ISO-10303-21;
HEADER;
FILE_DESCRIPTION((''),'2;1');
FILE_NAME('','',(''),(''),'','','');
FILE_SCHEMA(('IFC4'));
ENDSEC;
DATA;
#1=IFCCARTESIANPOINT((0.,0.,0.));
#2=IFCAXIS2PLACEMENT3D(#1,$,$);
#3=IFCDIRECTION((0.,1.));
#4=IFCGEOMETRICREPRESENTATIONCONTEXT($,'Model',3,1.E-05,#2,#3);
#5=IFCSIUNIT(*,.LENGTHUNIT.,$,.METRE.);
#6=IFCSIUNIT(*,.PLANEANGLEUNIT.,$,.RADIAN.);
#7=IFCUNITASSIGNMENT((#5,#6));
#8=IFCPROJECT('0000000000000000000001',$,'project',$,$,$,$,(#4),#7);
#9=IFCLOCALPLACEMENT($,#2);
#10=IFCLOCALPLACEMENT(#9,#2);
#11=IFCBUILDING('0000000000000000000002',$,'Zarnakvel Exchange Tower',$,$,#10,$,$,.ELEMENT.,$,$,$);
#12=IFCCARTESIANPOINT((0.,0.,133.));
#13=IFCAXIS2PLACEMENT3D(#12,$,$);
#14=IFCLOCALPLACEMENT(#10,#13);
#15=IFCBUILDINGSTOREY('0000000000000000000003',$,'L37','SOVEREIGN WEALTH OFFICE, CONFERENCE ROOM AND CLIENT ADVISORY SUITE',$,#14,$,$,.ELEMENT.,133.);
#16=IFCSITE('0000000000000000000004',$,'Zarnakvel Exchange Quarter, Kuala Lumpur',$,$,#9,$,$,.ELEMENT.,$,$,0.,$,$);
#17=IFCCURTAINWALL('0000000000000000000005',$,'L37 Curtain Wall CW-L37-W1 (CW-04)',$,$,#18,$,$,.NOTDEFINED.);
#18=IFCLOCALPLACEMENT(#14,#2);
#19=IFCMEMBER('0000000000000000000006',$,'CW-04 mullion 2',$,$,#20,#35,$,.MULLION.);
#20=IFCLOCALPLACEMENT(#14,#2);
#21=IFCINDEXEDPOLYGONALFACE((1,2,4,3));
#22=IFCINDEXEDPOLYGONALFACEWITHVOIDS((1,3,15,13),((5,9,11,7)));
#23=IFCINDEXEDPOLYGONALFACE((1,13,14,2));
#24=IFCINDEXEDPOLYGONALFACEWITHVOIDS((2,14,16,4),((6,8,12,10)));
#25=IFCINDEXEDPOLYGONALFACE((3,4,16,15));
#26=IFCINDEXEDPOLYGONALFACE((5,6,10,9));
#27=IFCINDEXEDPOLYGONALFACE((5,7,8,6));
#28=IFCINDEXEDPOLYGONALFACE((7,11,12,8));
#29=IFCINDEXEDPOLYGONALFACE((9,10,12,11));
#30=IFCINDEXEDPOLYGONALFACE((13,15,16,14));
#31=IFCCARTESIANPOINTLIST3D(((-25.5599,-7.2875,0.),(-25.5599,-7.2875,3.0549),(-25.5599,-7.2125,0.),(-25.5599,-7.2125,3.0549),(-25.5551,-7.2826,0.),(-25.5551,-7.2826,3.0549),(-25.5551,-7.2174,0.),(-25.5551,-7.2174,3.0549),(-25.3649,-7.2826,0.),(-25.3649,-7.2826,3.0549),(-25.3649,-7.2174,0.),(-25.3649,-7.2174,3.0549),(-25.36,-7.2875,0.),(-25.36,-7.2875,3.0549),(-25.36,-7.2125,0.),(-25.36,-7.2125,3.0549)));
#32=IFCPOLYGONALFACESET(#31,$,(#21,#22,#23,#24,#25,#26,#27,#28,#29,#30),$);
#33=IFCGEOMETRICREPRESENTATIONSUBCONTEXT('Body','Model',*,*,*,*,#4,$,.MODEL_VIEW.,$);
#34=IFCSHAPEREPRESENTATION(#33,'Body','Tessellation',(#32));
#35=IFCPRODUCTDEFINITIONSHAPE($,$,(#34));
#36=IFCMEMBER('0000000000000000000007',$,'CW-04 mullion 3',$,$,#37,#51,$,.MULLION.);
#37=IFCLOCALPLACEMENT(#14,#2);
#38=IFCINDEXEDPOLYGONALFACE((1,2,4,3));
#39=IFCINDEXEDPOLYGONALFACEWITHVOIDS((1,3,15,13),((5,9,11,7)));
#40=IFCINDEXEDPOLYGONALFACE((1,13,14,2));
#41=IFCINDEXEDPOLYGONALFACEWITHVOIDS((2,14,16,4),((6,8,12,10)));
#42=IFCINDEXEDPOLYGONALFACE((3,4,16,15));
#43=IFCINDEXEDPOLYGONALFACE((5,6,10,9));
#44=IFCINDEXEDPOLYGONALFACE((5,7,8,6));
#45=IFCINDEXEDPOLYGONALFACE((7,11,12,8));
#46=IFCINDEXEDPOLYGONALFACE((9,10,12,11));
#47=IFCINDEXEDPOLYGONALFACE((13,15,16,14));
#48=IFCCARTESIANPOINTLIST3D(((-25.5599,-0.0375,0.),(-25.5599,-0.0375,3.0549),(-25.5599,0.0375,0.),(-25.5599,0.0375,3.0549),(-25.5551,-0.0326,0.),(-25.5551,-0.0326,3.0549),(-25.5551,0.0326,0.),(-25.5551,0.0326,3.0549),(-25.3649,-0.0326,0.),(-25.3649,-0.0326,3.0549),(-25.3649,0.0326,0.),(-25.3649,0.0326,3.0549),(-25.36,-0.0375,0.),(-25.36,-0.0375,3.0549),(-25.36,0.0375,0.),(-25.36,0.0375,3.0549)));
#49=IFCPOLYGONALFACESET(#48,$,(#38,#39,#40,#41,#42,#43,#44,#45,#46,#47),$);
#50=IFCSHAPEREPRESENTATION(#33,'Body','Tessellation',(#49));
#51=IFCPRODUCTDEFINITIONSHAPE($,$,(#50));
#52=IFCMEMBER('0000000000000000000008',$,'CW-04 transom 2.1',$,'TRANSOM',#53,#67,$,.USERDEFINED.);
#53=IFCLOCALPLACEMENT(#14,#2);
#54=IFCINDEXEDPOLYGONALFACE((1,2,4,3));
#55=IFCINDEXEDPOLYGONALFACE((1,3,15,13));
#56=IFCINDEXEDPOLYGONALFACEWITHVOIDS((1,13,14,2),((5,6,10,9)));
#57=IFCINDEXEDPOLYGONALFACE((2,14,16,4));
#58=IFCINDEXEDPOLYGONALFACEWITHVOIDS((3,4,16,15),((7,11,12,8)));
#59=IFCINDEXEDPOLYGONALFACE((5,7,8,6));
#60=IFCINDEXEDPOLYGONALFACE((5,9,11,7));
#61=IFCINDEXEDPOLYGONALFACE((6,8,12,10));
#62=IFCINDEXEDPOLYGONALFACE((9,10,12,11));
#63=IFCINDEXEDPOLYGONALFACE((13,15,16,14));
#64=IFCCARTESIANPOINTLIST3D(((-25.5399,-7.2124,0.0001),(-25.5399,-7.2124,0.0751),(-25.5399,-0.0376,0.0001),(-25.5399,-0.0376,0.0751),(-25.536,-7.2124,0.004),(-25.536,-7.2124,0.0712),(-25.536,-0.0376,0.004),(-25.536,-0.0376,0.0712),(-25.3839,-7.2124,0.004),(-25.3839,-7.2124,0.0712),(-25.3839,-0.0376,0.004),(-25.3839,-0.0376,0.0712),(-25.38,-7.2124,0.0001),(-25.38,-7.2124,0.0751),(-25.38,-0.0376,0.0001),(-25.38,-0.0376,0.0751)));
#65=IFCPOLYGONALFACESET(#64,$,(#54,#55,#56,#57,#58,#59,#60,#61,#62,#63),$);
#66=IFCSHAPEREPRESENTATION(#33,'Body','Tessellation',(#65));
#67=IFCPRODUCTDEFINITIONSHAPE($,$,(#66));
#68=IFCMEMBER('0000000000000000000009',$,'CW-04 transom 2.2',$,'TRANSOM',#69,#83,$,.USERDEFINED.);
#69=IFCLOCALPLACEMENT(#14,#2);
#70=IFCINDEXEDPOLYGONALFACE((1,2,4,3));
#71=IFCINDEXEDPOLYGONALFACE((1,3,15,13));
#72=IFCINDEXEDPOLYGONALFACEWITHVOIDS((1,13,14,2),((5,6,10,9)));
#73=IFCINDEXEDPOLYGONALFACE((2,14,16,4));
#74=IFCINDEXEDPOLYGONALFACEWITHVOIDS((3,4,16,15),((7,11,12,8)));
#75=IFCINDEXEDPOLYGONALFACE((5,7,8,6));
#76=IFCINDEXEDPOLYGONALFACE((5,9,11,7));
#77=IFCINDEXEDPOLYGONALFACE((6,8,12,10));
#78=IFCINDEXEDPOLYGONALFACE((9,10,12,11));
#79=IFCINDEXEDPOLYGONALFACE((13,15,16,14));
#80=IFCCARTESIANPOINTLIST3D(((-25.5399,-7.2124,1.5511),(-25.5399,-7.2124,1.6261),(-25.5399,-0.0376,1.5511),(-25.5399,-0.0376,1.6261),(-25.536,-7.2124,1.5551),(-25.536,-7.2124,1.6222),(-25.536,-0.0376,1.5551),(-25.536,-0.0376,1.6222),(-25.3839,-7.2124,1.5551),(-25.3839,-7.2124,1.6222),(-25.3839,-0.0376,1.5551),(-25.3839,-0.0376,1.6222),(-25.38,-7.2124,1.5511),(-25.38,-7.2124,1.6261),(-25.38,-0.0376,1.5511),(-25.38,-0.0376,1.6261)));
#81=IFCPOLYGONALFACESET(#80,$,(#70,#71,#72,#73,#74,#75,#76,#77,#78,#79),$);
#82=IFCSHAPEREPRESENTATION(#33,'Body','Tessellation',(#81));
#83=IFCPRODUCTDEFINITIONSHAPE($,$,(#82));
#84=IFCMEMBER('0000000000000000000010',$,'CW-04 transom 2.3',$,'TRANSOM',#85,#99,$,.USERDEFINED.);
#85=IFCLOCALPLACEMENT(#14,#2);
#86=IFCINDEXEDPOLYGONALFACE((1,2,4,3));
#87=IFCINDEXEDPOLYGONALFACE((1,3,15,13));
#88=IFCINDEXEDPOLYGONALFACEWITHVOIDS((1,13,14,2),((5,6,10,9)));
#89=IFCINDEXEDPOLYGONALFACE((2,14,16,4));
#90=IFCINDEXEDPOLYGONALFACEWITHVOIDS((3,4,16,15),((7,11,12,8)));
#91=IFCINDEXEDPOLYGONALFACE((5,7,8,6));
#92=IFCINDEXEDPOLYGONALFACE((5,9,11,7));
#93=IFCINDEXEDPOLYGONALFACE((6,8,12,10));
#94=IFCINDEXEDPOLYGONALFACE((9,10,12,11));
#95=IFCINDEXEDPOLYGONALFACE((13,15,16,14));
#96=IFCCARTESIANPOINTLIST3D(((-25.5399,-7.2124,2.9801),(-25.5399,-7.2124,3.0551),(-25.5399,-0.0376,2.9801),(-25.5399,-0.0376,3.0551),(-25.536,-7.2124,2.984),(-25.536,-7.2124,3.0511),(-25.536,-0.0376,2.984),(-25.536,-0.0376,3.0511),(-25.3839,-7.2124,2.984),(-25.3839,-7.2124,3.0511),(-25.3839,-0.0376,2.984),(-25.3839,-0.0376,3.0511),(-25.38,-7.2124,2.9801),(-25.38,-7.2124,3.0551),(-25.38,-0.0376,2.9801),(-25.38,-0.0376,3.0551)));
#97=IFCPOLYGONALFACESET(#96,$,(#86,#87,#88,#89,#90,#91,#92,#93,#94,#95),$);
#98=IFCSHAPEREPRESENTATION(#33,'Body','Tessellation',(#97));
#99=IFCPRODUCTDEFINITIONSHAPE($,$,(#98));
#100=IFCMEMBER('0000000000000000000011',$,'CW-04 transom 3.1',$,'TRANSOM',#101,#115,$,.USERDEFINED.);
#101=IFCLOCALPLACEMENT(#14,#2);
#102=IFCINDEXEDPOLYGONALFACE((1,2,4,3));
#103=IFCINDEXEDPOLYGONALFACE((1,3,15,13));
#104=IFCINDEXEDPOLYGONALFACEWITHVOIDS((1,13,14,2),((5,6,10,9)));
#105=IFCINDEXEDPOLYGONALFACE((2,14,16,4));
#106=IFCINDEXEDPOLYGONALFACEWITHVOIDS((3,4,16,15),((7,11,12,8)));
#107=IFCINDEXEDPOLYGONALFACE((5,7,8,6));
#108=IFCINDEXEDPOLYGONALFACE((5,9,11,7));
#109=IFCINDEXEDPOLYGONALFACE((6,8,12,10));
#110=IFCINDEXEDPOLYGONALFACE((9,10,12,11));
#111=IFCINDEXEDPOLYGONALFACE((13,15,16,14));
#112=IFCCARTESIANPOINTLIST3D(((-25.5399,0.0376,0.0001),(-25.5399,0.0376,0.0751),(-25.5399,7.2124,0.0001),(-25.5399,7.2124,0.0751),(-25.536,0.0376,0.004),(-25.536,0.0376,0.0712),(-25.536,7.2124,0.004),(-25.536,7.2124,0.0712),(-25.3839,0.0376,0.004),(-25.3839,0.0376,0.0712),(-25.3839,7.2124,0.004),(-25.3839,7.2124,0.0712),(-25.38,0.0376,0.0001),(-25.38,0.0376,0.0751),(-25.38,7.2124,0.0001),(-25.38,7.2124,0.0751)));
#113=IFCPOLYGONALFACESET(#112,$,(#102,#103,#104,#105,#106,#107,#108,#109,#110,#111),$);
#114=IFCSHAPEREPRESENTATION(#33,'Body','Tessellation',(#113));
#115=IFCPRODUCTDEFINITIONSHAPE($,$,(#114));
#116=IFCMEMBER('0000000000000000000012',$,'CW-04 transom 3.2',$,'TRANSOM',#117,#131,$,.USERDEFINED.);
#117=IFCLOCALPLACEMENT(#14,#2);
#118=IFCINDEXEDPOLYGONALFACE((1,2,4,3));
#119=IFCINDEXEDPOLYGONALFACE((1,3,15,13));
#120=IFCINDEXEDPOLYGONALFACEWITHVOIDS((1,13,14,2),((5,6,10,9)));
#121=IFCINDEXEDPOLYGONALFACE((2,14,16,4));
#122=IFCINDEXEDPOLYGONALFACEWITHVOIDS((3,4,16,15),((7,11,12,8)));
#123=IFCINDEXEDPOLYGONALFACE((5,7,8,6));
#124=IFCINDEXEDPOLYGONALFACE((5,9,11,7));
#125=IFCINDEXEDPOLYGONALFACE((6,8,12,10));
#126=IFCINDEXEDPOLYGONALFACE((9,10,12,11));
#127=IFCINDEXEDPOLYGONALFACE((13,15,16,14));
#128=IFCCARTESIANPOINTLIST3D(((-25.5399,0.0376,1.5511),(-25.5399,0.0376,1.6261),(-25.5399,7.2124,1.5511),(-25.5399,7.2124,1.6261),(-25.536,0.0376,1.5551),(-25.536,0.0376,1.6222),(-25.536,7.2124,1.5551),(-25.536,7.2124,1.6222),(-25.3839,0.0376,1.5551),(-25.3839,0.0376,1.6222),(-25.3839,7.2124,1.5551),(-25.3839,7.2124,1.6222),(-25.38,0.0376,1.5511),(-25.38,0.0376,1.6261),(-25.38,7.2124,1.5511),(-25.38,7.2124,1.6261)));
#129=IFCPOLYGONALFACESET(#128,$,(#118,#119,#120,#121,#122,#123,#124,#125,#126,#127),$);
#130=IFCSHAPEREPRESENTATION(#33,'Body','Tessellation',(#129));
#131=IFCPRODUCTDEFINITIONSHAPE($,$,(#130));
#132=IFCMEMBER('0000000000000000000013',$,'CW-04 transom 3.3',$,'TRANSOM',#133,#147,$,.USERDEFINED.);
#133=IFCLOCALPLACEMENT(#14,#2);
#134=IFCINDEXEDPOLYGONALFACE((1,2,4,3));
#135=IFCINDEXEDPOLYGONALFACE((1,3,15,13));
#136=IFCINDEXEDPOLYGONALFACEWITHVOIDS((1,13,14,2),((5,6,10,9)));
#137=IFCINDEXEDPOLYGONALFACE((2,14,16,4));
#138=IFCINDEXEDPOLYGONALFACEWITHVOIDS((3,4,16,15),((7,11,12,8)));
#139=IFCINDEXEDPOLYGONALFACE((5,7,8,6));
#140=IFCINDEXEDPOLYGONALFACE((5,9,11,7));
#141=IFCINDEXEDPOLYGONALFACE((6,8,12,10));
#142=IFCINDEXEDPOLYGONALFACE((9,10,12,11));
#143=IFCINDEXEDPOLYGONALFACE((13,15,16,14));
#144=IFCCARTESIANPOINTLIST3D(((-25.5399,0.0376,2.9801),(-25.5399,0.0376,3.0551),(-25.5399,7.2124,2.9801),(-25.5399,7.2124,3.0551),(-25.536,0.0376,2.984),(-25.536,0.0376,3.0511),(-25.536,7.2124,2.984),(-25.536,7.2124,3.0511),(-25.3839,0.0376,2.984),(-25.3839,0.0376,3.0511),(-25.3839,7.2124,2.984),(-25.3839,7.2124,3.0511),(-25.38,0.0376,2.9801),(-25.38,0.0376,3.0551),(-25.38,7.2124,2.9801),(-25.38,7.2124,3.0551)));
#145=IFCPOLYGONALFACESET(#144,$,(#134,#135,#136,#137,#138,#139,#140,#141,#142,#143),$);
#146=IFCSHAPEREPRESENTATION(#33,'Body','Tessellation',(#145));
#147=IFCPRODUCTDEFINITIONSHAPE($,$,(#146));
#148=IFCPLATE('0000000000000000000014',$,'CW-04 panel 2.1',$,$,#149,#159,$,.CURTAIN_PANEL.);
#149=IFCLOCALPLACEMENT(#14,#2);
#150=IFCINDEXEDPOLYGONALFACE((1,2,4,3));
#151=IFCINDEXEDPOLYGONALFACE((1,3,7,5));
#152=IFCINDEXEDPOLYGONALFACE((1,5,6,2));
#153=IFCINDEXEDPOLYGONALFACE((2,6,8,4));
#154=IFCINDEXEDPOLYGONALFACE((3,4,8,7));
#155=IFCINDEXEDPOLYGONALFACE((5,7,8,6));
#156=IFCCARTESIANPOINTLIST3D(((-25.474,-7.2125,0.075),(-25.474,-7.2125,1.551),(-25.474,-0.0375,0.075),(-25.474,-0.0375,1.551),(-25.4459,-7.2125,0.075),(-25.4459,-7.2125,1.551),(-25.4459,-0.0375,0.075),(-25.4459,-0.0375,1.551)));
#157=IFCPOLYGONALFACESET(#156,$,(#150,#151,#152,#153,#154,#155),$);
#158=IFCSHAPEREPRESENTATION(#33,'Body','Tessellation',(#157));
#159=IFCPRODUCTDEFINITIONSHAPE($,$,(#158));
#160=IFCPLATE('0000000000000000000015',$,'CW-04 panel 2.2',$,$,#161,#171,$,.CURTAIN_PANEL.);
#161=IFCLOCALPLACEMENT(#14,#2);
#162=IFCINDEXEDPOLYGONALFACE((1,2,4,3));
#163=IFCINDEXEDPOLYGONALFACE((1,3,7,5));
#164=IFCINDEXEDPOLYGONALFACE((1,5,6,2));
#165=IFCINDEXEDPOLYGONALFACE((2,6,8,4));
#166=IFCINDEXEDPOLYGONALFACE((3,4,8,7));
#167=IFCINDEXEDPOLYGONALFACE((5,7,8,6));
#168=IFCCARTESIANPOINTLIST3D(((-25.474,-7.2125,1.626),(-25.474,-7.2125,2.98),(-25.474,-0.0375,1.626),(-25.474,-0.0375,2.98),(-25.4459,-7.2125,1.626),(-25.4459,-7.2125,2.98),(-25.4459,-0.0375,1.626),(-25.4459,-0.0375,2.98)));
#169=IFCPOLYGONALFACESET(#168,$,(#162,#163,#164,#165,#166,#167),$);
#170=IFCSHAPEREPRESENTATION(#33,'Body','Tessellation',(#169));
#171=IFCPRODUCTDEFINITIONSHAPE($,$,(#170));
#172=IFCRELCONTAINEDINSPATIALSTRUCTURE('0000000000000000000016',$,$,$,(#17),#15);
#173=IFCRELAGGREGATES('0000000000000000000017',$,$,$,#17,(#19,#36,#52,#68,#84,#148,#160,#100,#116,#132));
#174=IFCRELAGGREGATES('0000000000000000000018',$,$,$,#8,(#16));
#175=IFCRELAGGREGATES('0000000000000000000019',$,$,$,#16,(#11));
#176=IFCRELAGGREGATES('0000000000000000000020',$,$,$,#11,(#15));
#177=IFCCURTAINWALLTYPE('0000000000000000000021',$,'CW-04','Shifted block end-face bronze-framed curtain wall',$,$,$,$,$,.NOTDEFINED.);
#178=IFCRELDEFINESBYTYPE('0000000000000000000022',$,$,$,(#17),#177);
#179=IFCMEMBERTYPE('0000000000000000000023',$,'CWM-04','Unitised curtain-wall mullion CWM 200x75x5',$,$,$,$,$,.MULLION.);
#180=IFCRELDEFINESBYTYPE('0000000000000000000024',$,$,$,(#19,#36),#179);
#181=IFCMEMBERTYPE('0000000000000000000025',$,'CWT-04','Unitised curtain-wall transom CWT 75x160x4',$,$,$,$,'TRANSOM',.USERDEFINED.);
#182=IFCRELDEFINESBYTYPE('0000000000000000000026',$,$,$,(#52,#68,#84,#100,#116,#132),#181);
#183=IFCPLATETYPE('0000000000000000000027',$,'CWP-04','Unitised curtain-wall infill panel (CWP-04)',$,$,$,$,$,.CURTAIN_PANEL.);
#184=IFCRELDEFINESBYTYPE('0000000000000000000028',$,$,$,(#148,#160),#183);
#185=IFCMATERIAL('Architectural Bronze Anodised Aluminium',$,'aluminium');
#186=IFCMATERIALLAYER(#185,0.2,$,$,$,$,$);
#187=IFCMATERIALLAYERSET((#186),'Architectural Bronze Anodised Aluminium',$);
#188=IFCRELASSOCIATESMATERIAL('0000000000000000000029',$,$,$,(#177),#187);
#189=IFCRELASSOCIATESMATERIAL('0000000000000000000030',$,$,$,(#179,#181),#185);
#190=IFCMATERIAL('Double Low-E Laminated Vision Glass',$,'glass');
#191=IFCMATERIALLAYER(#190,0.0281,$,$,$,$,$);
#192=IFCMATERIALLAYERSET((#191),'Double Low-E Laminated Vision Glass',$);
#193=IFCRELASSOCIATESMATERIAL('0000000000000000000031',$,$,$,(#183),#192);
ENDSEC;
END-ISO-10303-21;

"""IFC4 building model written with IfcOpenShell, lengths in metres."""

from ifc_helpers import new_model, si_unit, direction, frame, origin, origin_2d, place, context, subcontext, project, spatial, rectangle, hollow_rectangle, extrude, source, transform, mapped, material, layer, layer_set, material_profile, profile_set, type_object, element, aggregate, save


model = new_model("IFC4")

# Units and contexts
model_context = context("Model", 3, precision=1e-05, world=origin(), true_north=direction((0.0, 1.0)))
body_context = subcontext(model_context, "Body", "Model", "MODEL_VIEW")
ifc_project = project(units=[si_unit("LENGTHUNIT", "METRE"), si_unit("PLANEANGLEUNIT", "RADIAN")], contexts=[model_context])

# Site, building, storey
site_placement = place(None, origin())
site = spatial("IfcSite", under=ifc_project, at=site_placement, Name="Zarnakvel Exchange Quarter, Kuala Lumpur", CompositionType="ELEMENT", RefElevation=0.0)
building_placement = place(site_placement, origin())
building = spatial("IfcBuilding", under=site, at=building_placement, Name="Zarnakvel Exchange Tower", CompositionType="ELEMENT")
storey_placement = place(building_placement, frame((0.0, 0.0, 133.0)))
storey = spatial("IfcBuildingStorey", under=building, at=storey_placement, Name="L37", Description="SOVEREIGN WEALTH OFFICE, CONFERENCE ROOM AND CLIENT ADVISORY SUITE", CompositionType="ELEMENT", Elevation=133.0)

# Curtain wall, members, plates
ifc_material_1 = material(Name="Architectural Bronze Anodised Aluminium", Category="aluminium")
ifc_layer_1 = layer(ifc_material_1, 0.2)
ifc_layer_set_1 = layer_set([ifc_layer_1], Name="Architectural Bronze Anodised Aluminium")
curtain_wall_type = type_object("IfcCurtainWallType", Name="CW-04", Description="Shifted block end-face bronze-framed curtain wall", PredefinedType="NOTDEFINED", material=ifc_layer_set_1)
curtain_wall_placement = place(storey_placement, origin())
curtain_wall = element("IfcCurtainWall", 1, at=curtain_wall_placement, inside=storey, type_object=curtain_wall_type, Name="L37 Curtain Wall CW-L37-W1 (CW-04)", PredefinedType="NOTDEFINED")
ifc_material_profile_1 = material_profile(ifc_material_1, hollow_rectangle(XDim=0.2, YDim=0.075, WallThickness=0.0049, at=origin_2d()))
ifc_profile_set_1 = profile_set([ifc_material_profile_1], Name="Architectural Bronze Anodised Aluminium")
member_type_1 = type_object("IfcMemberType", Name="CWM-04", Description="Unitised curtain-wall mullion CWM 200x75x5", PredefinedType="MULLION", material=ifc_profile_set_1)
shared_shape_1 = source(origin(), body_context, "Body", "SweptSolid", [
    extrude(hollow_rectangle(XDim=0.2, YDim=0.075, WallThickness=0.0049, at=origin_2d()), origin(), (0.0, 0.0, 1.0), 3.0549),
])
member_1_placement = place(storey_placement, frame((-25.46, -7.25, 0.0), z_axis=(0.0, 0.0, 1.0), x_axis=(-1.0, 0.0, 0.0)))
member_1 = element("IfcMember", 2, at=member_1_placement, type_object=member_type_1, Name="CW-04 mullion 2", PredefinedType="MULLION", context=body_context, shape_type="MappedRepresentation", body=[
    mapped(shared_shape_1, transform((0.0, 0.0, 0.0), x_axis=(1.0, 0.0, 0.0), y_axis=(0.0, 1.0, 0.0), z_axis=(0.0, 0.0, 1.0), scale=1.0)),
])
member_2_placement = place(storey_placement, frame((-25.46, 0.0, 0.0), z_axis=(0.0, 0.0, 1.0), x_axis=(-1.0, 0.0, 0.0)))
member_2 = element("IfcMember", 3, at=member_2_placement, type_object=member_type_1, Name="CW-04 mullion 3", PredefinedType="MULLION", context=body_context, shape_type="MappedRepresentation", body=[
    mapped(shared_shape_1, transform((0.0, 0.0, 0.0), x_axis=(1.0, 0.0, 0.0), y_axis=(0.0, 1.0, 0.0), z_axis=(0.0, 0.0, 1.0), scale=1.0)),
])
ifc_material_profile_2 = material_profile(ifc_material_1, hollow_rectangle(XDim=0.1599, YDim=0.075, WallThickness=0.0039, at=origin_2d()))
ifc_profile_set_2 = profile_set([ifc_material_profile_2], Name="Architectural Bronze Anodised Aluminium")
member_type_2 = type_object("IfcMemberType", Name="CWT-04", Description="Unitised curtain-wall transom CWT 75x160x4", ElementType="TRANSOM", PredefinedType="USERDEFINED", material=ifc_profile_set_2)
shared_shape_2 = source(origin(), body_context, "Body", "SweptSolid", [
    extrude(hollow_rectangle(XDim=0.1599, YDim=0.075, WallThickness=0.0039, at=origin_2d()), origin(), (0.0, 0.0, 1.0), 7.1748),
])
member_3_placement = place(storey_placement, frame((-25.46, -7.2124, 0.0376), z_axis=(0.0, 1.0, 0.0), x_axis=(-1.0, 0.0, 0.0)))
member_3 = element("IfcMember", 4, at=member_3_placement, type_object=member_type_2, Name="CW-04 transom 2.1", ObjectType="TRANSOM", PredefinedType="USERDEFINED", context=body_context, shape_type="MappedRepresentation", body=[
    mapped(shared_shape_2, transform((0.0, 0.0, 0.0), x_axis=(1.0, 0.0, 0.0), y_axis=(0.0, 1.0, 0.0), z_axis=(0.0, 0.0, 1.0), scale=1.0)),
])
member_4_placement = place(storey_placement, frame((-25.46, -7.2124, 1.5886), z_axis=(0.0, 1.0, 0.0), x_axis=(-1.0, 0.0, 0.0)))
member_4 = element("IfcMember", 5, at=member_4_placement, type_object=member_type_2, Name="CW-04 transom 2.2", ObjectType="TRANSOM", PredefinedType="USERDEFINED", context=body_context, shape_type="MappedRepresentation", body=[
    mapped(shared_shape_2, transform((0.0, 0.0, 0.0), x_axis=(1.0, 0.0, 0.0), y_axis=(0.0, 1.0, 0.0), z_axis=(0.0, 0.0, 1.0), scale=1.0)),
])
member_5_placement = place(storey_placement, frame((-25.46, -7.2124, 3.0176), z_axis=(0.0, 1.0, 0.0), x_axis=(-1.0, 0.0, 0.0)))
member_5 = element("IfcMember", 6, at=member_5_placement, type_object=member_type_2, Name="CW-04 transom 2.3", ObjectType="TRANSOM", PredefinedType="USERDEFINED", context=body_context, shape_type="MappedRepresentation", body=[
    mapped(shared_shape_2, transform((0.0, 0.0, 0.0), x_axis=(1.0, 0.0, 0.0), y_axis=(0.0, 1.0, 0.0), z_axis=(0.0, 0.0, 1.0), scale=1.0)),
])
member_6_placement = place(storey_placement, frame((-25.46, 0.0376, 0.0376), z_axis=(0.0, 1.0, 0.0), x_axis=(-1.0, 0.0, 0.0)))
member_6 = element("IfcMember", 7, at=member_6_placement, type_object=member_type_2, Name="CW-04 transom 3.1", ObjectType="TRANSOM", PredefinedType="USERDEFINED", context=body_context, shape_type="MappedRepresentation", body=[
    mapped(shared_shape_2, transform((0.0, 0.0, 0.0), x_axis=(1.0, 0.0, 0.0), y_axis=(0.0, 1.0, 0.0), z_axis=(0.0, 0.0, 1.0), scale=1.0)),
])
member_7_placement = place(storey_placement, frame((-25.46, 0.0376, 1.5886), z_axis=(0.0, 1.0, 0.0), x_axis=(-1.0, 0.0, 0.0)))
member_7 = element("IfcMember", 8, at=member_7_placement, type_object=member_type_2, Name="CW-04 transom 3.2", ObjectType="TRANSOM", PredefinedType="USERDEFINED", context=body_context, shape_type="MappedRepresentation", body=[
    mapped(shared_shape_2, transform((0.0, 0.0, 0.0), x_axis=(1.0, 0.0, 0.0), y_axis=(0.0, 1.0, 0.0), z_axis=(0.0, 0.0, 1.0), scale=1.0)),
])
member_8_placement = place(storey_placement, frame((-25.46, 0.0376, 3.0176), z_axis=(0.0, 1.0, 0.0), x_axis=(-1.0, 0.0, 0.0)))
member_8 = element("IfcMember", 9, at=member_8_placement, type_object=member_type_2, Name="CW-04 transom 3.3", ObjectType="TRANSOM", PredefinedType="USERDEFINED", context=body_context, shape_type="MappedRepresentation", body=[
    mapped(shared_shape_2, transform((0.0, 0.0, 0.0), x_axis=(1.0, 0.0, 0.0), y_axis=(0.0, 1.0, 0.0), z_axis=(0.0, 0.0, 1.0), scale=1.0)),
])
ifc_material_2 = material(Name="Double Low-E Laminated Vision Glass", Category="glass")
ifc_layer_2 = layer(ifc_material_2, 0.0281)
ifc_layer_set_2 = layer_set([ifc_layer_2], Name="Double Low-E Laminated Vision Glass")
plate_type = type_object("IfcPlateType", Name="CWP-04", Description="Unitised curtain-wall infill panel (CWP-04)", PredefinedType="CURTAIN_PANEL", material=ifc_layer_set_2)
shared_shape_3 = source(origin(), body_context, "Body", "SweptSolid", [
    extrude(rectangle(XDim=7.175, YDim=0.0281, at=origin_2d()), origin(), (0.0, 0.0, 1.0), 1.4761),
])
plate_1_placement = place(storey_placement, frame((-25.46, -3.625, 0.075), z_axis=(0.0, 0.0, 1.0), x_axis=(0.0, 1.0, 0.0)))
plate_1 = element("IfcPlate", 10, at=plate_1_placement, type_object=plate_type, Name="CW-04 panel 2.1", PredefinedType="CURTAIN_PANEL", context=body_context, shape_type="MappedRepresentation", body=[
    mapped(shared_shape_3, transform((0.0, 0.0, 0.0), x_axis=(1.0, 0.0, 0.0), y_axis=(0.0, 1.0, 0.0), z_axis=(0.0, 0.0, 1.0), scale=1.0)),
])
shared_shape_4 = source(origin(), body_context, "Body", "SweptSolid", [
    extrude(rectangle(XDim=7.175, YDim=0.0281, at=origin_2d()), origin(), (0.0, 0.0, 1.0), 1.354),
])
plate_2_placement = place(storey_placement, frame((-25.46, -3.625, 1.626), z_axis=(0.0, 0.0, 1.0), x_axis=(0.0, 1.0, 0.0)))
plate_2 = element("IfcPlate", 11, at=plate_2_placement, type_object=plate_type, Name="CW-04 panel 2.2", PredefinedType="CURTAIN_PANEL", context=body_context, shape_type="MappedRepresentation", body=[
    mapped(shared_shape_4, transform((0.0, 0.0, 0.0), x_axis=(1.0, 0.0, 0.0), y_axis=(0.0, 1.0, 0.0), z_axis=(0.0, 0.0, 1.0), scale=1.0)),
])
aggregate(curtain_wall, [member_1, member_2, member_3, member_4, member_5, plate_1, plate_2, member_6, member_7, member_8])

save(model, "model.ifc")
